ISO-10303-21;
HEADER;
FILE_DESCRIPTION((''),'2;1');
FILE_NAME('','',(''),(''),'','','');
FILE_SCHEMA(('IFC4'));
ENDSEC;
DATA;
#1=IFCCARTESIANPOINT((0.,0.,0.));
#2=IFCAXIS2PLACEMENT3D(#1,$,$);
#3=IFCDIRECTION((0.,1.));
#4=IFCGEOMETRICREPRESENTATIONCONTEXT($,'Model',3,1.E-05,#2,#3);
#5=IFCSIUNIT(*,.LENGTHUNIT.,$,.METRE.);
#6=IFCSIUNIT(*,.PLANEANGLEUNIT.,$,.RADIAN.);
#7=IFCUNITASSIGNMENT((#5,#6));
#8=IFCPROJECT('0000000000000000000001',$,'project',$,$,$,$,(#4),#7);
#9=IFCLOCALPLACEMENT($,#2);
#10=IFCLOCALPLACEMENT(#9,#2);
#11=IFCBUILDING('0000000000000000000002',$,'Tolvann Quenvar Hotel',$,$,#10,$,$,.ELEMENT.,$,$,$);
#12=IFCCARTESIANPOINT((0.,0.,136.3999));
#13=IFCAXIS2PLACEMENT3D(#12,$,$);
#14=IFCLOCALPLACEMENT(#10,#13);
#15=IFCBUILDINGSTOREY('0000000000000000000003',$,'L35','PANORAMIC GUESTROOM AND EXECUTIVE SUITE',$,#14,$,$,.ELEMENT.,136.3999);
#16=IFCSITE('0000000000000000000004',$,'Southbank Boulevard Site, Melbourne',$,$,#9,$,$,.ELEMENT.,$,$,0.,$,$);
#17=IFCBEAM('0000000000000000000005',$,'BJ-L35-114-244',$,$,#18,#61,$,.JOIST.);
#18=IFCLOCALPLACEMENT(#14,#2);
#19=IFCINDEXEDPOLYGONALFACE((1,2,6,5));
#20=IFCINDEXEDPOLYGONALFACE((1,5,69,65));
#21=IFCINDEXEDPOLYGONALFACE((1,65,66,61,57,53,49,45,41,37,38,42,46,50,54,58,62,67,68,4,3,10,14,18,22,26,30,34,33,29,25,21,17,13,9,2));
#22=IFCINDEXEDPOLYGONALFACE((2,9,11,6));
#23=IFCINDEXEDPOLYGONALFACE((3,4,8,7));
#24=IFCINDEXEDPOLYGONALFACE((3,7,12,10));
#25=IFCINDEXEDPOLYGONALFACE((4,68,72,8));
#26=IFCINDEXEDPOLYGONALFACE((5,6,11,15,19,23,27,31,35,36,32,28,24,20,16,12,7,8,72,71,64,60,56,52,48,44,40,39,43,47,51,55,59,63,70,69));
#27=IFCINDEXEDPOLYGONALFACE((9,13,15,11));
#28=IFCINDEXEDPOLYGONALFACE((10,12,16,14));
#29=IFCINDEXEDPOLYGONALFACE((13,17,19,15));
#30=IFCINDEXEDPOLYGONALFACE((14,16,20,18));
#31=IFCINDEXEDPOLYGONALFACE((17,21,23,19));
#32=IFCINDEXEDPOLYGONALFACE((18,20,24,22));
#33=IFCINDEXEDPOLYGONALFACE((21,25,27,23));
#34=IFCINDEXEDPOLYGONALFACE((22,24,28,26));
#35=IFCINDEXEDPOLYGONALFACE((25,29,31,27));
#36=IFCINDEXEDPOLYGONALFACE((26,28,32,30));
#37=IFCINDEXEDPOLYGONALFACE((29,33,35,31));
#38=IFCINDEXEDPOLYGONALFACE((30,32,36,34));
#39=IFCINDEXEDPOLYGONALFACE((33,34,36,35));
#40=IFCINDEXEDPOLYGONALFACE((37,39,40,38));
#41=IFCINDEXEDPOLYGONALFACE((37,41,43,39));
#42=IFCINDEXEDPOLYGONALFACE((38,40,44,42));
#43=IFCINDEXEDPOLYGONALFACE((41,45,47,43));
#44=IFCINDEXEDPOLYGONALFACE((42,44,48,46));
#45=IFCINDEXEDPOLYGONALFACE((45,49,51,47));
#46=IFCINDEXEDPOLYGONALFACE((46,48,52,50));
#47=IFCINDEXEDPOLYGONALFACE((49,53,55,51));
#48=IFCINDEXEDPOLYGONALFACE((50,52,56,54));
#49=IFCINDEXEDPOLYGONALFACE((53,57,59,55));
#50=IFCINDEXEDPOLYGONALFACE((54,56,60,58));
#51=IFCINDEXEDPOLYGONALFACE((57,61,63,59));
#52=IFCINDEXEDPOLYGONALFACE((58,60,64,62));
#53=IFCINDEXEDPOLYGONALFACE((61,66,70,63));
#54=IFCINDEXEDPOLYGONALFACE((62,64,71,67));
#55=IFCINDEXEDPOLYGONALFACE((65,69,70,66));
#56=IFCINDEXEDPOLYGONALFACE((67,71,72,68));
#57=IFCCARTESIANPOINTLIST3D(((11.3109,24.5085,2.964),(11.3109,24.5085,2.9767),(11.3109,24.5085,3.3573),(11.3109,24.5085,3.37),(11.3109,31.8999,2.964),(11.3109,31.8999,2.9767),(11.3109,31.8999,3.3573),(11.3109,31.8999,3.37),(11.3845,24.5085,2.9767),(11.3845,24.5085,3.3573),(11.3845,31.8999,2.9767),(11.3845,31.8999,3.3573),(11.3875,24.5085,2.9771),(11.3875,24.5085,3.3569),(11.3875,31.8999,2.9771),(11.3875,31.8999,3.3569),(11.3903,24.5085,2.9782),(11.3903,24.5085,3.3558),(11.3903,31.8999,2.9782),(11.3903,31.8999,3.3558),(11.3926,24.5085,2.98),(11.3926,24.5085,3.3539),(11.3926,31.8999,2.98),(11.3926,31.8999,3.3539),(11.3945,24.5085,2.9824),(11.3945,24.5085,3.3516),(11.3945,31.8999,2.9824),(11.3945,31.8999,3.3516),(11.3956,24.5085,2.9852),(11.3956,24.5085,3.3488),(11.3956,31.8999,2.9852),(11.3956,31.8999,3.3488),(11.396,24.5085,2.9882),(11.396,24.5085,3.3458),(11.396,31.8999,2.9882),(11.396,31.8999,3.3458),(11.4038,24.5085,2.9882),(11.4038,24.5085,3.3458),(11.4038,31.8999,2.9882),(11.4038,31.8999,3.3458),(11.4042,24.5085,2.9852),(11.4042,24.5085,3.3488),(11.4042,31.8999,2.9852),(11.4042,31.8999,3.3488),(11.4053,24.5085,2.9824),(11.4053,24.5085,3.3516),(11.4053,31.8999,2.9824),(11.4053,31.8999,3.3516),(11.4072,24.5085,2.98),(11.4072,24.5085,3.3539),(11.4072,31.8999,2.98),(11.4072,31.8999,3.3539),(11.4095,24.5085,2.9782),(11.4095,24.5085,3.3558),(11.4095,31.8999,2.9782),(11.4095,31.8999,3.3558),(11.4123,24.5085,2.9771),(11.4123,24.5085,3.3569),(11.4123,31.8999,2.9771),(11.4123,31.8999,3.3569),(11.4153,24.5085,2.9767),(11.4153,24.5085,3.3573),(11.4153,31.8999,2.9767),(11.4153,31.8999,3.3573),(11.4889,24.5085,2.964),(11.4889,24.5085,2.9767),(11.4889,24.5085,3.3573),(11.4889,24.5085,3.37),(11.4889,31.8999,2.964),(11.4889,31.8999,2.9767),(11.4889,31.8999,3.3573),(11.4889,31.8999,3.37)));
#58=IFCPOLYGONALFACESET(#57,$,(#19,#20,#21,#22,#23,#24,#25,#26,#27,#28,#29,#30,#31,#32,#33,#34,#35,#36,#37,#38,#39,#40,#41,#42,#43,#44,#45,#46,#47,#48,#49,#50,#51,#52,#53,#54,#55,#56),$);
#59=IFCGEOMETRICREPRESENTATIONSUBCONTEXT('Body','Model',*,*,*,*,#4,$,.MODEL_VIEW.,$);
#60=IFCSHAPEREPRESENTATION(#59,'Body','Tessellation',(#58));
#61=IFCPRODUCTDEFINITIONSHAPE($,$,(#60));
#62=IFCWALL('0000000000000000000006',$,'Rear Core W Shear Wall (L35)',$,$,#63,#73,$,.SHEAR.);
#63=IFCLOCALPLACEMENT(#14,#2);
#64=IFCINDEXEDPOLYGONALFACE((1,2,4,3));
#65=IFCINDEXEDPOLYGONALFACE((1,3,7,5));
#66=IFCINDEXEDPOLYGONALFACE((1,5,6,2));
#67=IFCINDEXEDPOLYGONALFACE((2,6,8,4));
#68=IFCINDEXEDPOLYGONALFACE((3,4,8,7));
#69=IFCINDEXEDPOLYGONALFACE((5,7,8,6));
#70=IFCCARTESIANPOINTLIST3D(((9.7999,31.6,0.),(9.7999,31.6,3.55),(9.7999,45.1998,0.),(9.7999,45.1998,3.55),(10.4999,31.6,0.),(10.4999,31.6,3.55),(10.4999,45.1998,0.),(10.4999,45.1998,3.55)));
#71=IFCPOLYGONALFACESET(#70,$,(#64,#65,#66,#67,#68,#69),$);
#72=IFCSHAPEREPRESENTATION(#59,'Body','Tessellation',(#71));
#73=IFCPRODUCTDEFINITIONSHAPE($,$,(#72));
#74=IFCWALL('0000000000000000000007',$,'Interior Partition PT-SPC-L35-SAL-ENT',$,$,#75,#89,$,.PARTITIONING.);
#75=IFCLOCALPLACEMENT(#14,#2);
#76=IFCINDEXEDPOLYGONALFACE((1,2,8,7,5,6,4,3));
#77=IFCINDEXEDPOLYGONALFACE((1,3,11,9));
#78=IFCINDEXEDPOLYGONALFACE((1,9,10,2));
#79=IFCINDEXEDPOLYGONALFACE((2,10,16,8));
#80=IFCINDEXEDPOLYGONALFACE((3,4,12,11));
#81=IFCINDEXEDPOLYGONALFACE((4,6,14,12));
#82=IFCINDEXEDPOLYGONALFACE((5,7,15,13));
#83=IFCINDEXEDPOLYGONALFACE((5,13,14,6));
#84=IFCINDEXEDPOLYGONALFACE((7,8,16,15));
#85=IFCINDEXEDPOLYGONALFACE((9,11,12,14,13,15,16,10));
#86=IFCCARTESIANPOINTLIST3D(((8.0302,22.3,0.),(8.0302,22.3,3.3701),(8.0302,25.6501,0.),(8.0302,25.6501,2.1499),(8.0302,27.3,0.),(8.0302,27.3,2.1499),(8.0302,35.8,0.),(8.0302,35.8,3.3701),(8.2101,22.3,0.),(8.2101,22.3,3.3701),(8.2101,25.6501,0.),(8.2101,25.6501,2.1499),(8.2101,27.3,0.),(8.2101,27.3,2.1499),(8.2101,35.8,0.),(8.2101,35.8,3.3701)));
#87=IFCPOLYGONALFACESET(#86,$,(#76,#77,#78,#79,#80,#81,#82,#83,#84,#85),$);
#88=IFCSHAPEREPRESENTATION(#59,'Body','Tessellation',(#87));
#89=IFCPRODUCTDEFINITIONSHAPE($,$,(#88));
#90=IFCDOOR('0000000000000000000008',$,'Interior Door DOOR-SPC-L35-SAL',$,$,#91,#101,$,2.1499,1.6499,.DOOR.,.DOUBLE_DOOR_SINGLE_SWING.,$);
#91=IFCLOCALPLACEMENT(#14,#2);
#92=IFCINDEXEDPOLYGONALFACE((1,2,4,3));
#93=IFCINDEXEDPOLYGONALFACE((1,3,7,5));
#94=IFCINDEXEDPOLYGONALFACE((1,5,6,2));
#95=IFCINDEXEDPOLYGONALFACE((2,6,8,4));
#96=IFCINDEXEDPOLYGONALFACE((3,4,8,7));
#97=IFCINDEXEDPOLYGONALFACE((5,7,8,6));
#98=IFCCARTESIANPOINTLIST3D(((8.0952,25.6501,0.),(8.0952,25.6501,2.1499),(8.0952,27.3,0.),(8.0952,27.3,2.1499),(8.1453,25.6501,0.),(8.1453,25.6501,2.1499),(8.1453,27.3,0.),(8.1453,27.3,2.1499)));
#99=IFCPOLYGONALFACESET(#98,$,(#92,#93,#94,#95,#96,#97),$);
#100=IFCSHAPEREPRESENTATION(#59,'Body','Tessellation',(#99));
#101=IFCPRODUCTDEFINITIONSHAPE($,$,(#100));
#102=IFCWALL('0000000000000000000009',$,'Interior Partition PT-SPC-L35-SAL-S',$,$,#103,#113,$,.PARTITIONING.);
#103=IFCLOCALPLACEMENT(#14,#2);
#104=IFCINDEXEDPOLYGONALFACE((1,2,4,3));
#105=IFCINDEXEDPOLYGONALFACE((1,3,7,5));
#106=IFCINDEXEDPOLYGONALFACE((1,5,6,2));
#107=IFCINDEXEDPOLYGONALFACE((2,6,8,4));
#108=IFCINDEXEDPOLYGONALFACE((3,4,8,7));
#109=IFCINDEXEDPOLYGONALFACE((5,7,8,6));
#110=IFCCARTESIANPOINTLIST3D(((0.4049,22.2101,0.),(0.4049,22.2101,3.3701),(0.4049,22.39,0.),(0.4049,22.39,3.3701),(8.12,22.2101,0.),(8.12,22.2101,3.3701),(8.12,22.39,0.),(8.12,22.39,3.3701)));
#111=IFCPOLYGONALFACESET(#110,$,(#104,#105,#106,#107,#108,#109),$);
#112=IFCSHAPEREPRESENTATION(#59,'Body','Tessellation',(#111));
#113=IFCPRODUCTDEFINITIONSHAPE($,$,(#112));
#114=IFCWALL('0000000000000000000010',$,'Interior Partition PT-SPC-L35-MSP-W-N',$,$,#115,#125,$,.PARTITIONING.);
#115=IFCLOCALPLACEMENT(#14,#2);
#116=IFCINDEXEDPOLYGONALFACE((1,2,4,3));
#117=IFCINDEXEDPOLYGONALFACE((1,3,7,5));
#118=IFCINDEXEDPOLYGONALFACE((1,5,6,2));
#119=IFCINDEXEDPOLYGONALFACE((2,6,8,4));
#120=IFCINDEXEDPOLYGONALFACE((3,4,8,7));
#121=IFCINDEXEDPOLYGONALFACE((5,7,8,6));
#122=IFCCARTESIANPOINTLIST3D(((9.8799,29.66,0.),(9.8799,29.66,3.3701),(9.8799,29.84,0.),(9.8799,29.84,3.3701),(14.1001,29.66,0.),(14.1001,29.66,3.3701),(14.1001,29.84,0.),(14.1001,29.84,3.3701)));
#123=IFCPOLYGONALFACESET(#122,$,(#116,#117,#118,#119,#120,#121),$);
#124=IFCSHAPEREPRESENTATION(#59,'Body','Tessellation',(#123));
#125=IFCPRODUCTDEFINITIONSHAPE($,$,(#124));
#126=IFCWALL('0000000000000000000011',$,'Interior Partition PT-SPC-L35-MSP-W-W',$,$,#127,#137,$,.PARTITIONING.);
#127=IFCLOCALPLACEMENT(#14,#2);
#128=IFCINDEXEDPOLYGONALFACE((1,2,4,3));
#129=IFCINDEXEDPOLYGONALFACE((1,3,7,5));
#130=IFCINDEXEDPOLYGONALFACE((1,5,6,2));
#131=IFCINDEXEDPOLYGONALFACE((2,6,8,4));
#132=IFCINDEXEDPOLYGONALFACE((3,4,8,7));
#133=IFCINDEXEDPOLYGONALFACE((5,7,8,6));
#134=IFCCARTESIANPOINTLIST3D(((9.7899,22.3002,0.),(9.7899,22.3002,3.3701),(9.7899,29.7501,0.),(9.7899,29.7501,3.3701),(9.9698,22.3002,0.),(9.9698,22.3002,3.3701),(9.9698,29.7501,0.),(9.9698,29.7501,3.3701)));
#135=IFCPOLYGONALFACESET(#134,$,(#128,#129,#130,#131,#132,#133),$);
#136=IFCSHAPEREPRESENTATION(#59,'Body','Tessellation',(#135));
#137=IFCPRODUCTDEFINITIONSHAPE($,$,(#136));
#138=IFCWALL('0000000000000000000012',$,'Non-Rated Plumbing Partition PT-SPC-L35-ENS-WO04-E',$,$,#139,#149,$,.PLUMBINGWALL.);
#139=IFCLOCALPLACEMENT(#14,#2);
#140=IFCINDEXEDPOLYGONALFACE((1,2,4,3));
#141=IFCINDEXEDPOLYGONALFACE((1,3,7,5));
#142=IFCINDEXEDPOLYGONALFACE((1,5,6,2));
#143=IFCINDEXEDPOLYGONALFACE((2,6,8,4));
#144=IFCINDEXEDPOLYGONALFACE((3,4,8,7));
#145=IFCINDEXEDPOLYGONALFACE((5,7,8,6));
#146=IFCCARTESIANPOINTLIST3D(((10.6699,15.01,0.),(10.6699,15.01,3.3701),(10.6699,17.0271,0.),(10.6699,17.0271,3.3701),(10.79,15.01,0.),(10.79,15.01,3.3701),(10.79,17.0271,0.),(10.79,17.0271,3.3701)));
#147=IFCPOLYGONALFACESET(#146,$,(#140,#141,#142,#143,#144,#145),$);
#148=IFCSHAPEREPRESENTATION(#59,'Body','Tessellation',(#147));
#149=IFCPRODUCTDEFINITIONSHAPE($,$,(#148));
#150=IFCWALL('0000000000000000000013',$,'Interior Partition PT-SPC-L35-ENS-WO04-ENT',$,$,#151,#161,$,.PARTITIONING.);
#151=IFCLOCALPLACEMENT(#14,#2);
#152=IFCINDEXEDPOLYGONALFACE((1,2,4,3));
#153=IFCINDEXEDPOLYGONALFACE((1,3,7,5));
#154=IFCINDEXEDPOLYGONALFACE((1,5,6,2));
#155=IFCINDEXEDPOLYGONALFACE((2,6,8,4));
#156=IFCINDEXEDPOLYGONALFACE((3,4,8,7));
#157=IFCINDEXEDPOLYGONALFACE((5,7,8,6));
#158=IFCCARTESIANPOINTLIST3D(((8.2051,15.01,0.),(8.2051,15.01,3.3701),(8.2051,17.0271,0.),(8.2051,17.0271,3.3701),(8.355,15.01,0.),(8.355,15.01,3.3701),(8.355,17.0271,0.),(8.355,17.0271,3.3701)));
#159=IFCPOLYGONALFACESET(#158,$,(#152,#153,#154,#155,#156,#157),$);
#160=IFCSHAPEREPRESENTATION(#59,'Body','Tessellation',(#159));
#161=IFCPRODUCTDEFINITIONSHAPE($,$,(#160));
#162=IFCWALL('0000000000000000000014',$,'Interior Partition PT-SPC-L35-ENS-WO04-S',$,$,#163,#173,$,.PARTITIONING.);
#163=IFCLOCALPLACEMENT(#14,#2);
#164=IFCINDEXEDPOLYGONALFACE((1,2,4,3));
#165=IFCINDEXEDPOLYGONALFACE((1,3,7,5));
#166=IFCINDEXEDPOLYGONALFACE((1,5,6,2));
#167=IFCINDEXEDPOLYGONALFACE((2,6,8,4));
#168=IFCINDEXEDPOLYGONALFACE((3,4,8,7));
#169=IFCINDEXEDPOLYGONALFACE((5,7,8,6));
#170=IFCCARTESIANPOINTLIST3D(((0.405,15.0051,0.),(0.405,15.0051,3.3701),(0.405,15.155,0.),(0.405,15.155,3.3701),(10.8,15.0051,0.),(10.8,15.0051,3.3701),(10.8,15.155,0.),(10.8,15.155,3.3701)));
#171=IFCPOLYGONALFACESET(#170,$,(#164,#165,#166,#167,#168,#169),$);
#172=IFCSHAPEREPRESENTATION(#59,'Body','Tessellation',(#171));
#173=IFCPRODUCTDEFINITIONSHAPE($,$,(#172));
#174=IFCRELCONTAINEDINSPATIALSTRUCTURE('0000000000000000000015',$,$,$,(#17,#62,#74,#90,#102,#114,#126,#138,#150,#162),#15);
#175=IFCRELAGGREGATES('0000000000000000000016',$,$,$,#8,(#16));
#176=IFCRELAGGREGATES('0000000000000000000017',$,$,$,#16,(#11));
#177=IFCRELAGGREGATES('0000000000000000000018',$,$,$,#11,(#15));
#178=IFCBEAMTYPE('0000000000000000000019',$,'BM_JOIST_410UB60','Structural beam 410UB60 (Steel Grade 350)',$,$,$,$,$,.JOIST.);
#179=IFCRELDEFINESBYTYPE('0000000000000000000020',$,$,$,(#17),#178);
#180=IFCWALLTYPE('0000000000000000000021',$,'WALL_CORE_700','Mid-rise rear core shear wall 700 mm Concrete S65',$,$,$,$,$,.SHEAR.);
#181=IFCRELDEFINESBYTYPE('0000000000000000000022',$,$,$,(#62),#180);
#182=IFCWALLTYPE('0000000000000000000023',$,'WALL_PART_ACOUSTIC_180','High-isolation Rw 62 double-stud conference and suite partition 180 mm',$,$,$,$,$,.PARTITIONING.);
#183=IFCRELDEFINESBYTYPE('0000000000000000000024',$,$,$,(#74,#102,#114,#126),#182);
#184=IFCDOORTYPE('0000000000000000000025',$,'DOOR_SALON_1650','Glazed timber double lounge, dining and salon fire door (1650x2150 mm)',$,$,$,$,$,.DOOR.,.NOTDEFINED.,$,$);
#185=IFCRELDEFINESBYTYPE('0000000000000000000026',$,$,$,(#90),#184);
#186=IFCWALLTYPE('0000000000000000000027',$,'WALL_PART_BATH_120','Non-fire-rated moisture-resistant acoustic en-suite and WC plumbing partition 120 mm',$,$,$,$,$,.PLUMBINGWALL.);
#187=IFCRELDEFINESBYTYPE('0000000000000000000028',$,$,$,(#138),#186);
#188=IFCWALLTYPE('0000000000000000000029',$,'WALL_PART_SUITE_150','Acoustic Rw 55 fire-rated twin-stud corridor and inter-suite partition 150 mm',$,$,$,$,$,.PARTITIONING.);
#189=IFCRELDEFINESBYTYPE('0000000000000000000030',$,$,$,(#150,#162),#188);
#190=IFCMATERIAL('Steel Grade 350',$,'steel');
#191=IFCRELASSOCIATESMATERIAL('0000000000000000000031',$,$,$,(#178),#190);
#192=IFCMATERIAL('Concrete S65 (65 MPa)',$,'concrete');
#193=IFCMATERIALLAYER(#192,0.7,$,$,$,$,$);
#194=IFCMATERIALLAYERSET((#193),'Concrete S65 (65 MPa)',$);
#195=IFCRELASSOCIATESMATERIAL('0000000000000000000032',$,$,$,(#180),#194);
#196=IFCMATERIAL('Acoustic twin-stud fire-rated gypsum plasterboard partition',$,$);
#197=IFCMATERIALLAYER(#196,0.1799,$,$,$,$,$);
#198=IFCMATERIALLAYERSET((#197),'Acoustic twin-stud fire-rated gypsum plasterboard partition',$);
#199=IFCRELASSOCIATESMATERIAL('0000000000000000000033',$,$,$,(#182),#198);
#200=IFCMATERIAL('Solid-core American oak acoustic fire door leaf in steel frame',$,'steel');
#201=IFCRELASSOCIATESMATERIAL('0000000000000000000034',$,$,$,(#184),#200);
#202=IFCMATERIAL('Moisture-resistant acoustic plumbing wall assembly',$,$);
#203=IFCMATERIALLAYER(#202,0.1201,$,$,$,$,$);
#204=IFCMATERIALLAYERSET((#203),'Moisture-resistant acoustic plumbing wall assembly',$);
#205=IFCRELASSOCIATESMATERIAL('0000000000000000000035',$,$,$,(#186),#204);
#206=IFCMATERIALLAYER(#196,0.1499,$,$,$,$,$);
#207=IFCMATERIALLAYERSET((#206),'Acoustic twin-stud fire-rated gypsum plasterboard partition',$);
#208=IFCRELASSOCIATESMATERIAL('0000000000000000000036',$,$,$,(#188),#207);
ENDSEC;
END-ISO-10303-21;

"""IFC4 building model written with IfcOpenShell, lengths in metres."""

from ifc_helpers import new_model, si_unit, direction, frame, frame_2d, origin, origin_2d, place, context, subcontext, project, spatial, rectangle, i_section, extrude, source, transform, mapped, material, layer, layer_set, material_profile, profile_set, type_object, type_shapes, element, fill, save


model = new_model("IFC4")

# Units and contexts
model_context = context("Model", 3, precision=1e-05, world=origin(), true_north=direction((0.0, 1.0)))
body_context = subcontext(model_context, "Body", "Model", "MODEL_VIEW")
ifc_project = project(units=[si_unit("LENGTHUNIT", "METRE"), si_unit("PLANEANGLEUNIT", "RADIAN")], contexts=[model_context])

# Site, building, storey
site_placement = place(None, origin())
site = spatial("IfcSite", under=ifc_project, at=site_placement, Name="Southbank Boulevard Site, Melbourne", CompositionType="ELEMENT", RefElevation=0.0)
building_placement = place(site_placement, origin())
building = spatial("IfcBuilding", under=site, at=building_placement, Name="Tolvann Quenvar Hotel", CompositionType="ELEMENT")
storey_placement = place(building_placement, frame((0.0, 0.0, 136.3999)))
storey = spatial("IfcBuildingStorey", under=building, at=storey_placement, Name="L35", Description="PANORAMIC GUESTROOM AND EXECUTIVE SUITE", CompositionType="ELEMENT", Elevation=136.3999)

# Shared definitions
ifc_material_1 = material(Name="Concrete S65 (65 MPa)", Category="concrete")
ifc_material_2 = material(Name="Steel Grade 350", Category="steel")

# Beam
ifc_material_profile_1 = material_profile(ifc_material_2, i_section(OverallWidth=0.178, OverallDepth=0.406, WebThickness=0.0078, FlangeThickness=0.0127, FilletRadius=0.0115, at=origin_2d()), Name="410UB60")
ifc_profile_set_1 = profile_set([ifc_material_profile_1], Name="Steel Grade 350")
beam_type_1 = type_object("IfcBeamType", Name="BM_JOIST_410UB60", Description="Structural beam 410UB60 (Steel Grade 350)", PredefinedType="JOIST", material=ifc_profile_set_1)
shared_shape_1 = source(origin(), body_context, "Body", "SweptSolid", [
    extrude(i_section(OverallWidth=0.178, OverallDepth=0.406, WebThickness=0.0078, FlangeThickness=0.0127, FilletRadius=0.0115, at=origin_2d()), origin(), (0.0, 0.0, 1.0), 7.3914),
])
beam_1_placement = place(storey_placement, frame((11.3999, 24.5085, 3.167), z_axis=(0.0, 1.0, 0.0), x_axis=(-1.0, 0.0, 0.0)))
element("IfcBeam", 1, at=beam_1_placement, inside=storey, type_object=beam_type_1, Name="BJ-L35-114-244", PredefinedType="JOIST", context=body_context, shape_type="MappedRepresentation", body=[
    mapped(shared_shape_1, transform((0.0, 0.0, 0.0), x_axis=(1.0, 0.0, 0.0), y_axis=(0.0, 1.0, 0.0), z_axis=(0.0, 0.0, 1.0), scale=1.0)),
])

# Wall
ifc_layer_1 = layer(ifc_material_1, 0.7)
ifc_layer_set_1 = layer_set([ifc_layer_1], Name="Concrete S65 (65 MPa)")
wall_type_1 = type_object("IfcWallType", Name="WALL_CORE_700", Description="Mid-rise rear core shear wall 700 mm Concrete S65", PredefinedType="SHEAR", material=ifc_layer_set_1)
wall_1_placement = place(storey_placement, frame((10.1499, 31.6001, 0.0), z_axis=(0.0, 0.0, 1.0), x_axis=(0.0, 1.0, 0.0)))
element("IfcWall", 2, at=wall_1_placement, inside=storey, type_object=wall_type_1, Name="Rear Core W Shear Wall (L35)", PredefinedType="SHEAR", context=body_context, shape_type="SweptSolid", body=[
    extrude(rectangle(XDim=13.5999, YDim=0.7, at=frame_2d((6.7998, 0.0))), origin(), (0.0, 0.0, 1.0), 3.55),
])

# Wall, opening, door
ifc_material_3 = material(Name="Acoustic twin-stud fire-rated gypsum plasterboard partition")
ifc_layer_2 = layer(ifc_material_3, 0.1799)
ifc_layer_set_2 = layer_set([ifc_layer_2], Name="Acoustic twin-stud fire-rated gypsum plasterboard partition")
wall_type_2 = type_object("IfcWallType", Name="WALL_PART_ACOUSTIC_180", Description="High-isolation Rw 62 double-stud conference and suite partition 180 mm", PredefinedType="PARTITIONING", material=ifc_layer_set_2)
wall_2_placement = place(storey_placement, frame((8.1201, 22.3, 0.0), z_axis=(0.0, 0.0, 1.0), x_axis=(0.0, 1.0, 0.0)))
wall_2 = element("IfcWall", 3, at=wall_2_placement, inside=storey, type_object=wall_type_2, Name="Interior Partition PT-SPC-L35-SAL-ENT", PredefinedType="PARTITIONING", context=body_context, shape_type="SweptSolid", body=[
    extrude(rectangle(XDim=13.5, YDim=0.1799, at=frame_2d((6.75, 0.0))), origin(), (0.0, 0.0, 1.0), 3.3701),
])
opening_1_placement = place(wall_2_placement, frame((3.3501, 0.0, 0.0)))
opening_1 = element("IfcOpeningElement", 4, at=opening_1_placement, cuts=wall_2, PredefinedType="OPENING", context=body_context, shape_type="SweptSolid", body=[
    extrude(rectangle(XDim=1.6499, YDim=2.1499, at=frame_2d((0.825, 1.075))), frame((0.0, 0.1001, 0.0), z_axis=(0.0, -1.0, 0.0), x_axis=(1.0, 0.0, 0.0)), (0.0, 0.0, 1.0), 0.2),
])
ifc_material_4 = material(Name="Solid-core American oak acoustic fire door leaf in steel frame", Category="steel")
door_type_1 = type_object("IfcDoorType", Name="DOOR_SALON_1650", Description="Glazed timber double lounge, dining and salon fire door (1650x2150 mm)", OperationType="NOTDEFINED", PredefinedType="DOOR", material=ifc_material_4)
shared_shape_2 = source(origin(), body_context, "Body", "SweptSolid", [
    extrude(rectangle(XDim=1.6499, YDim=2.1499, at=frame_2d((0.825, 1.075))), frame((0.0, 0.0249, 0.0), z_axis=(0.0, -1.0, 0.0), x_axis=(1.0, 0.0, 0.0)), (0.0, 0.0, 1.0), 0.05),
])
type_shapes(door_type_1, [shared_shape_2])
door_1_placement = place(opening_1_placement, origin())
door_1 = element("IfcDoor", 5, at=door_1_placement, inside=storey, type_object=door_type_1, Name="Interior Door DOOR-SPC-L35-SAL", OperationType="DOUBLE_DOOR_SINGLE_SWING", OverallHeight=2.1499, OverallWidth=1.6499, PredefinedType="DOOR", context=body_context, shape_type="MappedRepresentation", body=[
    mapped(shared_shape_2, transform((0.0, 0.0, 0.0), x_axis=(1.0, 0.0, 0.0), y_axis=(0.0, 1.0, 0.0), z_axis=(0.0, 0.0, 1.0), scale=1.0)),
])
fill(opening_1, door_1)

# Wall
wall_3_placement = place(storey_placement, frame((0.405, 22.3, 0.0), z_axis=(0.0, 0.0, 1.0), x_axis=(1.0, 0.0, 0.0)))
element("IfcWall", 6, at=wall_3_placement, inside=storey, type_object=wall_type_2, Name="Interior Partition PT-SPC-L35-SAL-S", PredefinedType="PARTITIONING", context=body_context, shape_type="SweptSolid", body=[
    extrude(rectangle(XDim=7.7151, YDim=0.1799, at=frame_2d((3.8574, 0.0))), origin(), (0.0, 0.0, 1.0), 3.3701),
])

# Walls
wall_4_placement = place(storey_placement, frame((9.8799, 29.75, 0.0), z_axis=(0.0, 0.0, 1.0), x_axis=(1.0, 0.0, 0.0)))
element("IfcWall", 7, at=wall_4_placement, inside=storey, type_object=wall_type_2, Name="Interior Partition PT-SPC-L35-MSP-W-N", PredefinedType="PARTITIONING", context=body_context, shape_type="SweptSolid", body=[
    extrude(rectangle(XDim=4.2202, YDim=0.1799, at=frame_2d((2.1101, 0.0))), origin(), (0.0, 0.0, 1.0), 3.3701),
])
wall_5_placement = place(storey_placement, frame((9.8799, 22.3, 0.0), z_axis=(0.0, 0.0, 1.0), x_axis=(0.0, 1.0, 0.0)))
element("IfcWall", 8, at=wall_5_placement, inside=storey, type_object=wall_type_2, Name="Interior Partition PT-SPC-L35-MSP-W-W", PredefinedType="PARTITIONING", context=body_context, shape_type="SweptSolid", body=[
    extrude(rectangle(XDim=7.45, YDim=0.1799, at=frame_2d((3.7251, 0.0))), origin(), (0.0, 0.0, 1.0), 3.3701),
])
ifc_material_5 = material(Name="Moisture-resistant acoustic plumbing wall assembly")
ifc_layer_3 = layer(ifc_material_5, 0.1201)
ifc_layer_set_3 = layer_set([ifc_layer_3], Name="Moisture-resistant acoustic plumbing wall assembly")
wall_type_3 = type_object("IfcWallType", Name="WALL_PART_BATH_120", Description="Non-fire-rated moisture-resistant acoustic en-suite and WC plumbing partition 120 mm", PredefinedType="PLUMBINGWALL", material=ifc_layer_set_3)
wall_6_placement = place(storey_placement, frame((10.73, 15.01, 0.0), z_axis=(0.0, 0.0, 1.0), x_axis=(0.0, 1.0, 0.0)))
element("IfcWall", 9, at=wall_6_placement, inside=storey, type_object=wall_type_3, Name="Non-Rated Plumbing Partition PT-SPC-L35-ENS-WO04-E", PredefinedType="PLUMBINGWALL", context=body_context, shape_type="SweptSolid", body=[
    extrude(rectangle(XDim=2.0171, YDim=0.1201, at=frame_2d((1.0085, 0.0))), origin(), (0.0, 0.0, 1.0), 3.3701),
])
ifc_layer_4 = layer(ifc_material_3, 0.1499)
ifc_layer_set_4 = layer_set([ifc_layer_4], Name="Acoustic twin-stud fire-rated gypsum plasterboard partition")
wall_type_4 = type_object("IfcWallType", Name="WALL_PART_SUITE_150", Description="Acoustic Rw 55 fire-rated twin-stud corridor and inter-suite partition 150 mm", PredefinedType="PARTITIONING", material=ifc_layer_set_4)
wall_7_placement = place(storey_placement, frame((8.28, 15.01, 0.0), z_axis=(0.0, 0.0, 1.0), x_axis=(0.0, 1.0, 0.0)))
element("IfcWall", 10, at=wall_7_placement, inside=storey, type_object=wall_type_4, Name="Interior Partition PT-SPC-L35-ENS-WO04-ENT", PredefinedType="PARTITIONING", context=body_context, shape_type="SweptSolid", body=[
    extrude(rectangle(XDim=2.0171, YDim=0.1499, at=frame_2d((1.0085, 0.0))), origin(), (0.0, 0.0, 1.0), 3.3701),
])
wall_8_placement = place(storey_placement, frame((0.405, 15.0801, 0.0), z_axis=(0.0, 0.0, 1.0), x_axis=(1.0, 0.0, 0.0)))
element("IfcWall", 11, at=wall_8_placement, inside=storey, type_object=wall_type_4, Name="Interior Partition PT-SPC-L35-ENS-WO04-S", PredefinedType="PARTITIONING", context=body_context, shape_type="SweptSolid", body=[
    extrude(rectangle(XDim=10.395, YDim=0.1499, at=frame_2d((5.1975, 0.0))), origin(), (0.0, 0.0, 1.0), 3.3701),
])

save(model, "model.ifc")
